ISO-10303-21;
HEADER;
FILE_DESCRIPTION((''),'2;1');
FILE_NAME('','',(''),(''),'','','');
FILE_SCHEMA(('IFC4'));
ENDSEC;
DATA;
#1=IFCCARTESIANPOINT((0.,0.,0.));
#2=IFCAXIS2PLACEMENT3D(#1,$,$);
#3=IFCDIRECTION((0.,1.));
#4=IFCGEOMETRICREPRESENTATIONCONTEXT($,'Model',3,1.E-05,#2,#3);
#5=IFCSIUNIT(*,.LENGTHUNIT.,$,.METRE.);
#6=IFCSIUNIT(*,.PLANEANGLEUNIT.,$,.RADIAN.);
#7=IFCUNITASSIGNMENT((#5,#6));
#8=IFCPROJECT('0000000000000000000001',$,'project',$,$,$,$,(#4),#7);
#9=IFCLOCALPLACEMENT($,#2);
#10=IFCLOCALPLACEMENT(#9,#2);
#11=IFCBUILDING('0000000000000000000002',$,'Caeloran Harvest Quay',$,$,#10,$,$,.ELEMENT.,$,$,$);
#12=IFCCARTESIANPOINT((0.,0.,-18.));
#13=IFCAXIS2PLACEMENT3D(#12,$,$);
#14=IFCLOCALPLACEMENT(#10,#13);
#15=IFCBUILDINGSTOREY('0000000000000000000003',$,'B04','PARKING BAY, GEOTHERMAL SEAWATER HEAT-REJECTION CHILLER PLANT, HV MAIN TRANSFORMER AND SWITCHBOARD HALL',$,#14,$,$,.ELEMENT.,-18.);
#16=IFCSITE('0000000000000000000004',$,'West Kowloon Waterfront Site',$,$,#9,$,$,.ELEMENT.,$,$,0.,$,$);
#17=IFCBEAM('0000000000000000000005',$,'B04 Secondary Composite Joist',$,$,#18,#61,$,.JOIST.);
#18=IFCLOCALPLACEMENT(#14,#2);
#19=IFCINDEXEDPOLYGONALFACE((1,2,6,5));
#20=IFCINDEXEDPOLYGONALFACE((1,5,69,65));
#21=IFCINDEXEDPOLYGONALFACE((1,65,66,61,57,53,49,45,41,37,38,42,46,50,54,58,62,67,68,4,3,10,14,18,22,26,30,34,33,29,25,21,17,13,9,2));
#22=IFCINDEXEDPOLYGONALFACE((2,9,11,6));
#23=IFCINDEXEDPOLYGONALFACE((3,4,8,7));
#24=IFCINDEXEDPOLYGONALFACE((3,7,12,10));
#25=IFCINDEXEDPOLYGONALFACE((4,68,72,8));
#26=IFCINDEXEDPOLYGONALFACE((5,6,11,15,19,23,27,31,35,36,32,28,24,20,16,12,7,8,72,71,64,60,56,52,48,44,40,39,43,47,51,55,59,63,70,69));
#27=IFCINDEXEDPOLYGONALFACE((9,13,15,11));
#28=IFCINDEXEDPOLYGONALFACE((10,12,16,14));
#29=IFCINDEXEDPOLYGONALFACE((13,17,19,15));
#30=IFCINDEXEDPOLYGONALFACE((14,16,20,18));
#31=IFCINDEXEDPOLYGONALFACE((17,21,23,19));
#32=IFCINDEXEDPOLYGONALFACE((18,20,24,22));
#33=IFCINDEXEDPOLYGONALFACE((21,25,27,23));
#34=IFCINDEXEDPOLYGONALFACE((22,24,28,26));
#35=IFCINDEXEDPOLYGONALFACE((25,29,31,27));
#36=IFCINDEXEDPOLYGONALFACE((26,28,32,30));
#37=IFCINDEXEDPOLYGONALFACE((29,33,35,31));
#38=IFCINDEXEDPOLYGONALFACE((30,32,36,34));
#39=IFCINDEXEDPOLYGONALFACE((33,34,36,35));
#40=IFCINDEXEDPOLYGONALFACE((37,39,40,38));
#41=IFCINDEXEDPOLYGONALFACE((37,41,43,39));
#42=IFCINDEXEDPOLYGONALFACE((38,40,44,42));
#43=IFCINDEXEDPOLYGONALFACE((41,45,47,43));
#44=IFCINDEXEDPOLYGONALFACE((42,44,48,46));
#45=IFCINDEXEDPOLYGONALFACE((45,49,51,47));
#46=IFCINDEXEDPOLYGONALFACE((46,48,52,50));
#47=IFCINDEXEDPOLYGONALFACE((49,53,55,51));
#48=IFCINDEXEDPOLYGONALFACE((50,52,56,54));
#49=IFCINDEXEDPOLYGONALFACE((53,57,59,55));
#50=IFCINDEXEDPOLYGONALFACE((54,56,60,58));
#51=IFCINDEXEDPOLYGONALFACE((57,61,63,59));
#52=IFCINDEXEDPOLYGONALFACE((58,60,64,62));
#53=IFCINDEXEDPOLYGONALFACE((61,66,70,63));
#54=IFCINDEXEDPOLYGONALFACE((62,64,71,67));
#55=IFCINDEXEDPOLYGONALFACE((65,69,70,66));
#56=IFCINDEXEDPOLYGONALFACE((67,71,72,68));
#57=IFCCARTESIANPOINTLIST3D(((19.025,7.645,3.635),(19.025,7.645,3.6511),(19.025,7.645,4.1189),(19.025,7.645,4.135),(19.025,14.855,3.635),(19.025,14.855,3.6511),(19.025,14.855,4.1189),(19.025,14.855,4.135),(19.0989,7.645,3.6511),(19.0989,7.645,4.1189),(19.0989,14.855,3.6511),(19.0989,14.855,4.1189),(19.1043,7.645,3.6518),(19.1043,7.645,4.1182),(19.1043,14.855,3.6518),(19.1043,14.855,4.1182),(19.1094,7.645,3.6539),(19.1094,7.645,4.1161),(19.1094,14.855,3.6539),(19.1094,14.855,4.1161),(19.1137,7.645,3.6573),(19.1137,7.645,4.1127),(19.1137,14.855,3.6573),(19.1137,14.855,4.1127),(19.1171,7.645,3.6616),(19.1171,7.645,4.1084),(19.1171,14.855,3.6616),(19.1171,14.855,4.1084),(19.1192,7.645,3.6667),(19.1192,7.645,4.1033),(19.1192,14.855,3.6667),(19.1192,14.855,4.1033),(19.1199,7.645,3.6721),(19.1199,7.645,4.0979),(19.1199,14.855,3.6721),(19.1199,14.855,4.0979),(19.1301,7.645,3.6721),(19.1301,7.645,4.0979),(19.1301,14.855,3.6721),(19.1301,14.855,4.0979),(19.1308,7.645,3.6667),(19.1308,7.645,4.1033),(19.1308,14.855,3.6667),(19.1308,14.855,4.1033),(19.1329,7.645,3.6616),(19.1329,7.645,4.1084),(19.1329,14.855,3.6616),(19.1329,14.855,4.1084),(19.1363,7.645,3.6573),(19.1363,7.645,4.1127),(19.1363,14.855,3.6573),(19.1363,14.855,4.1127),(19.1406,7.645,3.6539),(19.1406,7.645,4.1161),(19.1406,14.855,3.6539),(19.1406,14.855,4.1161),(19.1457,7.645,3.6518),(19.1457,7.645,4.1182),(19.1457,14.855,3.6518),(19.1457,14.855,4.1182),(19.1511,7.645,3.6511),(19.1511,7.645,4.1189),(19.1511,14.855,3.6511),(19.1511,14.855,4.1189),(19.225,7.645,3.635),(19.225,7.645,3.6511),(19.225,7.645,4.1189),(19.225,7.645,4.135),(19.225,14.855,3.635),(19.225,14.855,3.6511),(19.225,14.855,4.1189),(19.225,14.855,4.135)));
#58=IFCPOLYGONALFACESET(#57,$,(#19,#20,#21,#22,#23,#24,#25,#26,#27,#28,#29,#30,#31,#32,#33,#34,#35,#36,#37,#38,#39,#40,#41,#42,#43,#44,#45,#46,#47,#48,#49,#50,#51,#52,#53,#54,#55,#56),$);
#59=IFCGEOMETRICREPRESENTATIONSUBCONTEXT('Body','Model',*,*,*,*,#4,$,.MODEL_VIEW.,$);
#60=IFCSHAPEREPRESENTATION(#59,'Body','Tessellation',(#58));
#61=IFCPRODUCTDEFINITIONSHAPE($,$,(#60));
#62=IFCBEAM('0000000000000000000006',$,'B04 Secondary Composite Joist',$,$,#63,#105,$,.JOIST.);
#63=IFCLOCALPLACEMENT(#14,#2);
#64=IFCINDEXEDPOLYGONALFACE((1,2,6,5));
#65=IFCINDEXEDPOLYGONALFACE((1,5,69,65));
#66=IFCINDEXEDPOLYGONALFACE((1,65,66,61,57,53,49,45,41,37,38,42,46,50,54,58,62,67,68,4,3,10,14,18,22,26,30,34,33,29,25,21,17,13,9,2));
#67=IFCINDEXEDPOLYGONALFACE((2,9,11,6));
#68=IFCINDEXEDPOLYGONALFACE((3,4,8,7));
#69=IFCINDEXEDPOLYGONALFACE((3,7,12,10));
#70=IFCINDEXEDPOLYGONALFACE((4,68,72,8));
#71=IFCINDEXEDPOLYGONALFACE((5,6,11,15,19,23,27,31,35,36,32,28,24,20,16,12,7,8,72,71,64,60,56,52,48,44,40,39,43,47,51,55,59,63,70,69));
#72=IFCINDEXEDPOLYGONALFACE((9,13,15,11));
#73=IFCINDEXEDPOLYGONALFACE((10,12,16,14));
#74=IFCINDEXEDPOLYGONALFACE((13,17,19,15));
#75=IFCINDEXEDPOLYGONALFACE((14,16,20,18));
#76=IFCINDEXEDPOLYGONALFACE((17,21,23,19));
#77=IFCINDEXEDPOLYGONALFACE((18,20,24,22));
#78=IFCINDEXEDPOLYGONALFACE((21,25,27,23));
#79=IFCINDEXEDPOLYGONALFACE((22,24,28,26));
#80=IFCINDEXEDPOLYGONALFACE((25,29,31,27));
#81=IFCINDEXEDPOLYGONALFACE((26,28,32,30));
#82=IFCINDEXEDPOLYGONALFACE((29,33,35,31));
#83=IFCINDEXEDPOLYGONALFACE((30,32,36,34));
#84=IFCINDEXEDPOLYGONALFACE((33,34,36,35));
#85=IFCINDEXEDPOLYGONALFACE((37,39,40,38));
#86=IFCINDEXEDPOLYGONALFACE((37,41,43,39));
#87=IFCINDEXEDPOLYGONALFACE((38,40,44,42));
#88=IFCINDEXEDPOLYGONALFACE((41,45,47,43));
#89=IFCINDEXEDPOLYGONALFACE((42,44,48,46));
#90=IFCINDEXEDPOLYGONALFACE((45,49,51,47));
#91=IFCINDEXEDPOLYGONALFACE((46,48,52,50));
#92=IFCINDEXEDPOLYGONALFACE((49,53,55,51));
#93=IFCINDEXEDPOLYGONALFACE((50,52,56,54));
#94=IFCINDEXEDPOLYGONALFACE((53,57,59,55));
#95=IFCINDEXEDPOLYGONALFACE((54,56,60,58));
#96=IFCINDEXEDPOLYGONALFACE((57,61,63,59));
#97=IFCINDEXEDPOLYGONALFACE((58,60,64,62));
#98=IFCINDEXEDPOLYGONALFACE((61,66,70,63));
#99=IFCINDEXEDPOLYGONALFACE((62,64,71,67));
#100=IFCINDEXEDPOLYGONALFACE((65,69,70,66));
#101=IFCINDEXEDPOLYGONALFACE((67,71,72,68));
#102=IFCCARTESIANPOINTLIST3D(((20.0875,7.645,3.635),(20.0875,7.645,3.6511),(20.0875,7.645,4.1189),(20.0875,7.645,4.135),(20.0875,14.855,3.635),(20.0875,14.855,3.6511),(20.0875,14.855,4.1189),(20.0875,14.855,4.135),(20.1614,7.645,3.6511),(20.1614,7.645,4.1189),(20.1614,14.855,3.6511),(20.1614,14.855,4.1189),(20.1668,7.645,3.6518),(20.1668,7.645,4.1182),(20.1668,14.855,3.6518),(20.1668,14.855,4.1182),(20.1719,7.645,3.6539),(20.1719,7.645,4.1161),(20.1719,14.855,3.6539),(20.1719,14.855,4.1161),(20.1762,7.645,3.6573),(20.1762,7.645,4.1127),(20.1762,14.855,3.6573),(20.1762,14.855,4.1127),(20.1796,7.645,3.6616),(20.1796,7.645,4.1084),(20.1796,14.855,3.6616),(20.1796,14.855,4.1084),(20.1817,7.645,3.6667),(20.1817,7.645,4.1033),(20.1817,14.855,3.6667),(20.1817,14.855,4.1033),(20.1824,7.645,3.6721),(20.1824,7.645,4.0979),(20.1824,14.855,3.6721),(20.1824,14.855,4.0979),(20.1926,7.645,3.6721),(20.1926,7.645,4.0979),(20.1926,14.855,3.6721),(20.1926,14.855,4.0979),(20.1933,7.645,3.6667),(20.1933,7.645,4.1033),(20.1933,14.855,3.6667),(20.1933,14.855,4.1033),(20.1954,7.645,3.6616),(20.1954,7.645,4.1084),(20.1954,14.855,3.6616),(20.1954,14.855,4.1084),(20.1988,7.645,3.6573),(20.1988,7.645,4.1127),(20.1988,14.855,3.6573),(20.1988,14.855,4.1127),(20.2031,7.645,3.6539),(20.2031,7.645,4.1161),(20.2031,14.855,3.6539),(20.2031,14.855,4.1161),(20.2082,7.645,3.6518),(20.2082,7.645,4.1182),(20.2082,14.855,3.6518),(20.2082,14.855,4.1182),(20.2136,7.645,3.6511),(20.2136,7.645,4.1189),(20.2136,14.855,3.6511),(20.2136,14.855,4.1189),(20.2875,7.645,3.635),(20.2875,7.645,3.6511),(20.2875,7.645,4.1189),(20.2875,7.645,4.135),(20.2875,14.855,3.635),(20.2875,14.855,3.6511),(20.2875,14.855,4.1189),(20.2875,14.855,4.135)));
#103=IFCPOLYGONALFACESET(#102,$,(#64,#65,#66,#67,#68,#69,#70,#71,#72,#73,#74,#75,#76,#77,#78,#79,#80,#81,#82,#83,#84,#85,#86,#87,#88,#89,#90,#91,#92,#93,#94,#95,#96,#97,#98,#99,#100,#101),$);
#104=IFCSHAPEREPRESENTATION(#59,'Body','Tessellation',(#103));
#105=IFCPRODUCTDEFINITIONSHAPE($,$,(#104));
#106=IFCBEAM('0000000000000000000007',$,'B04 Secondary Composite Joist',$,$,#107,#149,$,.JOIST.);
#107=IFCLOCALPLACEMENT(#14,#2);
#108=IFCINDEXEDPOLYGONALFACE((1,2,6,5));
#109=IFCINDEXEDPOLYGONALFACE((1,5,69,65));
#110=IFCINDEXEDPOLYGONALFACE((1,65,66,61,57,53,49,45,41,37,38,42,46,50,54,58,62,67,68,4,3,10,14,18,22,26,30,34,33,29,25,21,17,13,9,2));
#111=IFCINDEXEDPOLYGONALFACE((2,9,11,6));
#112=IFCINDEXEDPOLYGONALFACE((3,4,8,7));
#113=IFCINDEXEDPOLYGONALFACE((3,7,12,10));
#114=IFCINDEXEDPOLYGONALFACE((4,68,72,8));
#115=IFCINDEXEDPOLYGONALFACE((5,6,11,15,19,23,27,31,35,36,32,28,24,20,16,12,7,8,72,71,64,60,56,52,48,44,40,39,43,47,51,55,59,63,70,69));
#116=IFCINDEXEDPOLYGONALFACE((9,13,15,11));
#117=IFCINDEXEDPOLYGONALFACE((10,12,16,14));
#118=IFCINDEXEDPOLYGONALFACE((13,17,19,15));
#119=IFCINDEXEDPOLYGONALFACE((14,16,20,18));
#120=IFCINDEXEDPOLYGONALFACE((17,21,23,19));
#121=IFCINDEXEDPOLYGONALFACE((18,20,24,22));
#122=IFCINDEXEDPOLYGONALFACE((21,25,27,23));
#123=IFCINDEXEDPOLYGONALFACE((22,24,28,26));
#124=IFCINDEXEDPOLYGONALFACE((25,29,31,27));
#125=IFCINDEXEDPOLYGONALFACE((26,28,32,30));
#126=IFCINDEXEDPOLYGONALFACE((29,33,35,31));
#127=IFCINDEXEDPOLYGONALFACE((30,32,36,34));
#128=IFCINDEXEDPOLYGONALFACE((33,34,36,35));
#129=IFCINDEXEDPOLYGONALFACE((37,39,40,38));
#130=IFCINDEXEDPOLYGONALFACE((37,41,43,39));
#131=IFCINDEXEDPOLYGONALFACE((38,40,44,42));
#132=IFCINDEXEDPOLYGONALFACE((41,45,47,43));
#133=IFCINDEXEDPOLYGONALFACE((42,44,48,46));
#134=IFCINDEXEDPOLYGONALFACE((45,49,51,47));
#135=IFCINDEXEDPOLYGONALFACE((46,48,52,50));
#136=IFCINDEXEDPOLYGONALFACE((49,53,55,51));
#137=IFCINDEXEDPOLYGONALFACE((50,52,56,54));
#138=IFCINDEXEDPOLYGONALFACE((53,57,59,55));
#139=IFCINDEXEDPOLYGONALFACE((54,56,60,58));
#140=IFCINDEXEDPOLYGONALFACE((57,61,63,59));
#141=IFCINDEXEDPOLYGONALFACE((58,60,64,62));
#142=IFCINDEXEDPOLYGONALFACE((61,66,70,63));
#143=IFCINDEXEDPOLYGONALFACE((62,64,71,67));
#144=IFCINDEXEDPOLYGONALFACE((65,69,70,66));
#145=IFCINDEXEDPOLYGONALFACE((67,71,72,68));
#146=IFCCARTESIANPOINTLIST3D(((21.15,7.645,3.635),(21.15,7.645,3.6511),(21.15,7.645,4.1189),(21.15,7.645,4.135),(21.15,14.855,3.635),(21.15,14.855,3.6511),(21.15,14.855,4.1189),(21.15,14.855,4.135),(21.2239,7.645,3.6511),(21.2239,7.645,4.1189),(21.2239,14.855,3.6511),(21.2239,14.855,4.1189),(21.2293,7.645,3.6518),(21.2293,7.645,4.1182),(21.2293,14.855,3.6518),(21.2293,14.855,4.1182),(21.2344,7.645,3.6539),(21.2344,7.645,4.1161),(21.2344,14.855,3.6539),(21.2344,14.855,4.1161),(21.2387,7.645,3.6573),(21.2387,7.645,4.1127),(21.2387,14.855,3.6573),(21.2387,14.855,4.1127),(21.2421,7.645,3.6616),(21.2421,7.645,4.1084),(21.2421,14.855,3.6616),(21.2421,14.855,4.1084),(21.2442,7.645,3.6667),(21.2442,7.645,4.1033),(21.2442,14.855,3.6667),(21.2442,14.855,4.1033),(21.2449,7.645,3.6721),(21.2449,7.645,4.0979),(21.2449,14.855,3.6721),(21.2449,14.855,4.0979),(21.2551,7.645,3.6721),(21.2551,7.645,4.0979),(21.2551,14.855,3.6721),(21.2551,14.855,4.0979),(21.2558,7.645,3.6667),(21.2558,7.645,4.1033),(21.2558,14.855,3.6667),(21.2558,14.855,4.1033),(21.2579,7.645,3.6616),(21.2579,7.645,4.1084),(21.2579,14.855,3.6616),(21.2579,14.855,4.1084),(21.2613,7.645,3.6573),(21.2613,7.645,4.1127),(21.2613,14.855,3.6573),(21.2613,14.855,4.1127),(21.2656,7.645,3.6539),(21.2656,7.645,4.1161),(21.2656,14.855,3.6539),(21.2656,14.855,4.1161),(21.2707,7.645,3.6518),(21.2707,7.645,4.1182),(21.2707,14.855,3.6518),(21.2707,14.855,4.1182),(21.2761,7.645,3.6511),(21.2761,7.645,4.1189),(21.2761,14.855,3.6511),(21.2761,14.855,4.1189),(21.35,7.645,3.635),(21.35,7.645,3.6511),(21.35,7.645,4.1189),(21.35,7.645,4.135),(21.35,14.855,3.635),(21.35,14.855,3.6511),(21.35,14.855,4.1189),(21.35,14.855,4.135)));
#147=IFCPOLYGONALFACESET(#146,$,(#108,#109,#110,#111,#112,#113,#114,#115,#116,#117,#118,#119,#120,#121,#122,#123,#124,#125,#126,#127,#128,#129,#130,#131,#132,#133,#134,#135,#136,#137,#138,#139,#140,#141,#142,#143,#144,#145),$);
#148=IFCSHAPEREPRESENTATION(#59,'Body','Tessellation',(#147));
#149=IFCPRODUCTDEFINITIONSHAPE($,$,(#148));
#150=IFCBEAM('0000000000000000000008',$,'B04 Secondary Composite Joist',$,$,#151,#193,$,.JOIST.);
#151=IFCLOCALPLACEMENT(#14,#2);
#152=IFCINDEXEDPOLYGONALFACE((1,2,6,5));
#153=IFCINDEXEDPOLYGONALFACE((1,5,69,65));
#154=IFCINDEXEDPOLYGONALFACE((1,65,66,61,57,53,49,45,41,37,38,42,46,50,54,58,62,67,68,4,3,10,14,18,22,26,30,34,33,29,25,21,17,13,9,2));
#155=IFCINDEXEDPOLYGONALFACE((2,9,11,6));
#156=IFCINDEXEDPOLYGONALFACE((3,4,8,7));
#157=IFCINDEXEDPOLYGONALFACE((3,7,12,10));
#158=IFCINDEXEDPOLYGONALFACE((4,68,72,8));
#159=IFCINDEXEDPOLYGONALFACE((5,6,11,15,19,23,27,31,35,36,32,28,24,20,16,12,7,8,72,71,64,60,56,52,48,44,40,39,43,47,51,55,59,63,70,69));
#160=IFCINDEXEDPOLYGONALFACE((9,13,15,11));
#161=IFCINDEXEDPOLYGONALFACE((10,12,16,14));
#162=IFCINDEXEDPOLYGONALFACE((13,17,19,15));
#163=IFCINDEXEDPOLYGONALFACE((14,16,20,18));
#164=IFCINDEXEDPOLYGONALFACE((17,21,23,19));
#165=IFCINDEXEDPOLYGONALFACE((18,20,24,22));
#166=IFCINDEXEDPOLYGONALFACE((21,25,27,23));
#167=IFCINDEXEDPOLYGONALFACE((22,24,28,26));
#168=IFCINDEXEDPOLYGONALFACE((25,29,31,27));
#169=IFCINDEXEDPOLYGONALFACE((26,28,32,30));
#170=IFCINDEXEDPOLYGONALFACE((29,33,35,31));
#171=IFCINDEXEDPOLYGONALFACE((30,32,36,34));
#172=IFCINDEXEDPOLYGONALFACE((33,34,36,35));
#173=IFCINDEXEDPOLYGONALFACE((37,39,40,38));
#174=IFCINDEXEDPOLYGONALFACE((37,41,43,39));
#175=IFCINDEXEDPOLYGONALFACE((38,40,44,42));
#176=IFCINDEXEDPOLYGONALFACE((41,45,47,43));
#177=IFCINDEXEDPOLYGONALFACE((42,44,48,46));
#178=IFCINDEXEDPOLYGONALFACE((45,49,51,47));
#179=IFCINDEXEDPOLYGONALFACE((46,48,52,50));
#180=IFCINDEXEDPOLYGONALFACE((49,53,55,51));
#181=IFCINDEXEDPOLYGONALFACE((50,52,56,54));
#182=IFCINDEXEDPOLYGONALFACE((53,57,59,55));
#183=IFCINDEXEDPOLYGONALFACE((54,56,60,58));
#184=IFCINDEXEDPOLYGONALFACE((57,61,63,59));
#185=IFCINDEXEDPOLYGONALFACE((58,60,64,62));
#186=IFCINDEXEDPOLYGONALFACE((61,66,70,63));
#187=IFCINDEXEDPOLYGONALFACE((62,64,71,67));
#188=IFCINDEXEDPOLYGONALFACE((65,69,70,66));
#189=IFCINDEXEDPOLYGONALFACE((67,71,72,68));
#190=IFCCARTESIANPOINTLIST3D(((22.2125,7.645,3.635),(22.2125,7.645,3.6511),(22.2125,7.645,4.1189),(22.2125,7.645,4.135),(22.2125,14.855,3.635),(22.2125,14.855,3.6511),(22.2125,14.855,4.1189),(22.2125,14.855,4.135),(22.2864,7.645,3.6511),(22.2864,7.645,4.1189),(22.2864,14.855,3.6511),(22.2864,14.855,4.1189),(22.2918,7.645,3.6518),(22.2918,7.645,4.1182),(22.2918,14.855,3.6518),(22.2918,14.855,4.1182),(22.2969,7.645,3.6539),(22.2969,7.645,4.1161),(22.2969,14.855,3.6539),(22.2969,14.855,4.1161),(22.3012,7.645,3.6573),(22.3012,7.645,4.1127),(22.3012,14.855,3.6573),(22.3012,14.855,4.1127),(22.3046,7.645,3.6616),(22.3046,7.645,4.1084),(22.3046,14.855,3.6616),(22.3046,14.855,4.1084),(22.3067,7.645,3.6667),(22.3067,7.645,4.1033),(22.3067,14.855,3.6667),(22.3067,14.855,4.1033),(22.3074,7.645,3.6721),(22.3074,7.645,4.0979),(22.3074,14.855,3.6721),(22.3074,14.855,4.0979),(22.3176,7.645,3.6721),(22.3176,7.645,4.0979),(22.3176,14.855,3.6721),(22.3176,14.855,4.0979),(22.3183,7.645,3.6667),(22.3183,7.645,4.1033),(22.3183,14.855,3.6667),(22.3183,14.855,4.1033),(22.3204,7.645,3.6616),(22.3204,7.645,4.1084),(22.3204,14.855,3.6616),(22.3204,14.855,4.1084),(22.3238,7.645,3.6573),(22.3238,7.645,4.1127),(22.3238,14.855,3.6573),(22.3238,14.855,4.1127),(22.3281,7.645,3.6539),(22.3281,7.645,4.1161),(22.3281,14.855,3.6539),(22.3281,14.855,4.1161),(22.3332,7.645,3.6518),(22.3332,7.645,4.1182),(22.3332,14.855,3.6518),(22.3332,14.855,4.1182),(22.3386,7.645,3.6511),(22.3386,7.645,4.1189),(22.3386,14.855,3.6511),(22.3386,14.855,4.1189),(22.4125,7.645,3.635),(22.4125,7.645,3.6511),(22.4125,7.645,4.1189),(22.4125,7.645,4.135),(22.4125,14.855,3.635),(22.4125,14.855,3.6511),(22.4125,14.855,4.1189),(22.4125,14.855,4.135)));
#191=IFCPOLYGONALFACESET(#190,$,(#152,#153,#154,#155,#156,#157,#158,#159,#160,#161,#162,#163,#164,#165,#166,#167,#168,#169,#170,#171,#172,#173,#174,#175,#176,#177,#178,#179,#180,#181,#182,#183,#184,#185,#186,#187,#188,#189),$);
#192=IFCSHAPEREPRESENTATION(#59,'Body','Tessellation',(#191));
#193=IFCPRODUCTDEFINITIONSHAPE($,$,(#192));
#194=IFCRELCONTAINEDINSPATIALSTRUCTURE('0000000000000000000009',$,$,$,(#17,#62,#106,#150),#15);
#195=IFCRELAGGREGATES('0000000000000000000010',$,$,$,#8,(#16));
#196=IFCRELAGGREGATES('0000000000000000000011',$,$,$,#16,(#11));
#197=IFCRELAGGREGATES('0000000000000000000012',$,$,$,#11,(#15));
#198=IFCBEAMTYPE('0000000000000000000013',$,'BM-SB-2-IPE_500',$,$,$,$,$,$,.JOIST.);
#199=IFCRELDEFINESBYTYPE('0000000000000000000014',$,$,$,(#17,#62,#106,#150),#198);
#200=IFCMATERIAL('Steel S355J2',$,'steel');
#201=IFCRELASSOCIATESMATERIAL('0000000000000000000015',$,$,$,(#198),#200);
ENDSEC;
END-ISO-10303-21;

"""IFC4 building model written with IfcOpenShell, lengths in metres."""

from ifc_helpers import new_model, si_unit, direction, frame, origin, origin_2d, place, context, subcontext, project, spatial, i_section, extrude, material, material_profile, profile_set, type_object, element, save


model = new_model("IFC4")

# Units and contexts
model_context = context("Model", 3, precision=1e-05, world=origin(), true_north=direction((0.0, 1.0)))
body_context = subcontext(model_context, "Body", "Model", "MODEL_VIEW")
ifc_project = project(units=[si_unit("LENGTHUNIT", "METRE"), si_unit("PLANEANGLEUNIT", "RADIAN")], contexts=[model_context])

# Site, building, storey
site_placement = place(None, origin())
site = spatial("IfcSite", under=ifc_project, at=site_placement, Name="West Kowloon Waterfront Site", CompositionType="ELEMENT", RefElevation=0.0)
building_placement = place(site_placement, origin())
building = spatial("IfcBuilding", under=site, at=building_placement, Name="Caeloran Harvest Quay", CompositionType="ELEMENT")
storey_placement = place(building_placement, frame((0.0, 0.0, -18.0)))
storey = spatial("IfcBuildingStorey", under=building, at=storey_placement, Name="B04", Description="PARKING BAY, GEOTHERMAL SEAWATER HEAT-REJECTION CHILLER PLANT, HV MAIN TRANSFORMER AND SWITCHBOARD HALL", CompositionType="ELEMENT", Elevation=-18.0)

# Beams
ifc_material_1 = material(Name="Steel S355J2", Category="steel")
ifc_material_profile_1 = material_profile(ifc_material_1, i_section(OverallWidth=0.2, OverallDepth=0.5, WebThickness=0.0103, FlangeThickness=0.0161, FilletRadius=0.021, at=origin_2d()), Name="IPE 500")
ifc_profile_set_1 = profile_set([ifc_material_profile_1], Name="Steel S355J2")
beam_type_1 = type_object("IfcBeamType", Name="BM-SB-2-IPE_500", PredefinedType="JOIST", material=ifc_profile_set_1)
for number, where, z_axis, x_axis, name in (
    (1, (19.125, 7.645, 3.885), (0.0, 1.0, 0.0), (-1.0, 0.0, 0.0), "B04 Secondary Composite Joist"),
    (2, (20.1875, 7.645, 3.885), (0.0, 1.0, 0.0), (-1.0, 0.0, 0.0), "B04 Secondary Composite Joist"),
    (3, (21.25, 7.645, 3.885), (0.0, 1.0, 0.0), (-1.0, 0.0, 0.0), "B04 Secondary Composite Joist"),
    (4, (22.3125, 7.645, 3.885), (0.0, 1.0, 0.0), (-1.0, 0.0, 0.0), "B04 Secondary Composite Joist"),
):
    element("IfcBeam", number, at=place(storey_placement, frame(where, z_axis=z_axis, x_axis=x_axis)), inside=storey, type_object=beam_type_1, Name=name, PredefinedType="JOIST", context=body_context, shape_type="SweptSolid", body=[
        extrude(i_section(OverallWidth=0.2, OverallDepth=0.5, WebThickness=0.0103, FlangeThickness=0.0161, FilletRadius=0.021, at=origin_2d()), origin(), (0.0, 0.0, 1.0), 7.21),
    ])

save(model, "model.ifc")
